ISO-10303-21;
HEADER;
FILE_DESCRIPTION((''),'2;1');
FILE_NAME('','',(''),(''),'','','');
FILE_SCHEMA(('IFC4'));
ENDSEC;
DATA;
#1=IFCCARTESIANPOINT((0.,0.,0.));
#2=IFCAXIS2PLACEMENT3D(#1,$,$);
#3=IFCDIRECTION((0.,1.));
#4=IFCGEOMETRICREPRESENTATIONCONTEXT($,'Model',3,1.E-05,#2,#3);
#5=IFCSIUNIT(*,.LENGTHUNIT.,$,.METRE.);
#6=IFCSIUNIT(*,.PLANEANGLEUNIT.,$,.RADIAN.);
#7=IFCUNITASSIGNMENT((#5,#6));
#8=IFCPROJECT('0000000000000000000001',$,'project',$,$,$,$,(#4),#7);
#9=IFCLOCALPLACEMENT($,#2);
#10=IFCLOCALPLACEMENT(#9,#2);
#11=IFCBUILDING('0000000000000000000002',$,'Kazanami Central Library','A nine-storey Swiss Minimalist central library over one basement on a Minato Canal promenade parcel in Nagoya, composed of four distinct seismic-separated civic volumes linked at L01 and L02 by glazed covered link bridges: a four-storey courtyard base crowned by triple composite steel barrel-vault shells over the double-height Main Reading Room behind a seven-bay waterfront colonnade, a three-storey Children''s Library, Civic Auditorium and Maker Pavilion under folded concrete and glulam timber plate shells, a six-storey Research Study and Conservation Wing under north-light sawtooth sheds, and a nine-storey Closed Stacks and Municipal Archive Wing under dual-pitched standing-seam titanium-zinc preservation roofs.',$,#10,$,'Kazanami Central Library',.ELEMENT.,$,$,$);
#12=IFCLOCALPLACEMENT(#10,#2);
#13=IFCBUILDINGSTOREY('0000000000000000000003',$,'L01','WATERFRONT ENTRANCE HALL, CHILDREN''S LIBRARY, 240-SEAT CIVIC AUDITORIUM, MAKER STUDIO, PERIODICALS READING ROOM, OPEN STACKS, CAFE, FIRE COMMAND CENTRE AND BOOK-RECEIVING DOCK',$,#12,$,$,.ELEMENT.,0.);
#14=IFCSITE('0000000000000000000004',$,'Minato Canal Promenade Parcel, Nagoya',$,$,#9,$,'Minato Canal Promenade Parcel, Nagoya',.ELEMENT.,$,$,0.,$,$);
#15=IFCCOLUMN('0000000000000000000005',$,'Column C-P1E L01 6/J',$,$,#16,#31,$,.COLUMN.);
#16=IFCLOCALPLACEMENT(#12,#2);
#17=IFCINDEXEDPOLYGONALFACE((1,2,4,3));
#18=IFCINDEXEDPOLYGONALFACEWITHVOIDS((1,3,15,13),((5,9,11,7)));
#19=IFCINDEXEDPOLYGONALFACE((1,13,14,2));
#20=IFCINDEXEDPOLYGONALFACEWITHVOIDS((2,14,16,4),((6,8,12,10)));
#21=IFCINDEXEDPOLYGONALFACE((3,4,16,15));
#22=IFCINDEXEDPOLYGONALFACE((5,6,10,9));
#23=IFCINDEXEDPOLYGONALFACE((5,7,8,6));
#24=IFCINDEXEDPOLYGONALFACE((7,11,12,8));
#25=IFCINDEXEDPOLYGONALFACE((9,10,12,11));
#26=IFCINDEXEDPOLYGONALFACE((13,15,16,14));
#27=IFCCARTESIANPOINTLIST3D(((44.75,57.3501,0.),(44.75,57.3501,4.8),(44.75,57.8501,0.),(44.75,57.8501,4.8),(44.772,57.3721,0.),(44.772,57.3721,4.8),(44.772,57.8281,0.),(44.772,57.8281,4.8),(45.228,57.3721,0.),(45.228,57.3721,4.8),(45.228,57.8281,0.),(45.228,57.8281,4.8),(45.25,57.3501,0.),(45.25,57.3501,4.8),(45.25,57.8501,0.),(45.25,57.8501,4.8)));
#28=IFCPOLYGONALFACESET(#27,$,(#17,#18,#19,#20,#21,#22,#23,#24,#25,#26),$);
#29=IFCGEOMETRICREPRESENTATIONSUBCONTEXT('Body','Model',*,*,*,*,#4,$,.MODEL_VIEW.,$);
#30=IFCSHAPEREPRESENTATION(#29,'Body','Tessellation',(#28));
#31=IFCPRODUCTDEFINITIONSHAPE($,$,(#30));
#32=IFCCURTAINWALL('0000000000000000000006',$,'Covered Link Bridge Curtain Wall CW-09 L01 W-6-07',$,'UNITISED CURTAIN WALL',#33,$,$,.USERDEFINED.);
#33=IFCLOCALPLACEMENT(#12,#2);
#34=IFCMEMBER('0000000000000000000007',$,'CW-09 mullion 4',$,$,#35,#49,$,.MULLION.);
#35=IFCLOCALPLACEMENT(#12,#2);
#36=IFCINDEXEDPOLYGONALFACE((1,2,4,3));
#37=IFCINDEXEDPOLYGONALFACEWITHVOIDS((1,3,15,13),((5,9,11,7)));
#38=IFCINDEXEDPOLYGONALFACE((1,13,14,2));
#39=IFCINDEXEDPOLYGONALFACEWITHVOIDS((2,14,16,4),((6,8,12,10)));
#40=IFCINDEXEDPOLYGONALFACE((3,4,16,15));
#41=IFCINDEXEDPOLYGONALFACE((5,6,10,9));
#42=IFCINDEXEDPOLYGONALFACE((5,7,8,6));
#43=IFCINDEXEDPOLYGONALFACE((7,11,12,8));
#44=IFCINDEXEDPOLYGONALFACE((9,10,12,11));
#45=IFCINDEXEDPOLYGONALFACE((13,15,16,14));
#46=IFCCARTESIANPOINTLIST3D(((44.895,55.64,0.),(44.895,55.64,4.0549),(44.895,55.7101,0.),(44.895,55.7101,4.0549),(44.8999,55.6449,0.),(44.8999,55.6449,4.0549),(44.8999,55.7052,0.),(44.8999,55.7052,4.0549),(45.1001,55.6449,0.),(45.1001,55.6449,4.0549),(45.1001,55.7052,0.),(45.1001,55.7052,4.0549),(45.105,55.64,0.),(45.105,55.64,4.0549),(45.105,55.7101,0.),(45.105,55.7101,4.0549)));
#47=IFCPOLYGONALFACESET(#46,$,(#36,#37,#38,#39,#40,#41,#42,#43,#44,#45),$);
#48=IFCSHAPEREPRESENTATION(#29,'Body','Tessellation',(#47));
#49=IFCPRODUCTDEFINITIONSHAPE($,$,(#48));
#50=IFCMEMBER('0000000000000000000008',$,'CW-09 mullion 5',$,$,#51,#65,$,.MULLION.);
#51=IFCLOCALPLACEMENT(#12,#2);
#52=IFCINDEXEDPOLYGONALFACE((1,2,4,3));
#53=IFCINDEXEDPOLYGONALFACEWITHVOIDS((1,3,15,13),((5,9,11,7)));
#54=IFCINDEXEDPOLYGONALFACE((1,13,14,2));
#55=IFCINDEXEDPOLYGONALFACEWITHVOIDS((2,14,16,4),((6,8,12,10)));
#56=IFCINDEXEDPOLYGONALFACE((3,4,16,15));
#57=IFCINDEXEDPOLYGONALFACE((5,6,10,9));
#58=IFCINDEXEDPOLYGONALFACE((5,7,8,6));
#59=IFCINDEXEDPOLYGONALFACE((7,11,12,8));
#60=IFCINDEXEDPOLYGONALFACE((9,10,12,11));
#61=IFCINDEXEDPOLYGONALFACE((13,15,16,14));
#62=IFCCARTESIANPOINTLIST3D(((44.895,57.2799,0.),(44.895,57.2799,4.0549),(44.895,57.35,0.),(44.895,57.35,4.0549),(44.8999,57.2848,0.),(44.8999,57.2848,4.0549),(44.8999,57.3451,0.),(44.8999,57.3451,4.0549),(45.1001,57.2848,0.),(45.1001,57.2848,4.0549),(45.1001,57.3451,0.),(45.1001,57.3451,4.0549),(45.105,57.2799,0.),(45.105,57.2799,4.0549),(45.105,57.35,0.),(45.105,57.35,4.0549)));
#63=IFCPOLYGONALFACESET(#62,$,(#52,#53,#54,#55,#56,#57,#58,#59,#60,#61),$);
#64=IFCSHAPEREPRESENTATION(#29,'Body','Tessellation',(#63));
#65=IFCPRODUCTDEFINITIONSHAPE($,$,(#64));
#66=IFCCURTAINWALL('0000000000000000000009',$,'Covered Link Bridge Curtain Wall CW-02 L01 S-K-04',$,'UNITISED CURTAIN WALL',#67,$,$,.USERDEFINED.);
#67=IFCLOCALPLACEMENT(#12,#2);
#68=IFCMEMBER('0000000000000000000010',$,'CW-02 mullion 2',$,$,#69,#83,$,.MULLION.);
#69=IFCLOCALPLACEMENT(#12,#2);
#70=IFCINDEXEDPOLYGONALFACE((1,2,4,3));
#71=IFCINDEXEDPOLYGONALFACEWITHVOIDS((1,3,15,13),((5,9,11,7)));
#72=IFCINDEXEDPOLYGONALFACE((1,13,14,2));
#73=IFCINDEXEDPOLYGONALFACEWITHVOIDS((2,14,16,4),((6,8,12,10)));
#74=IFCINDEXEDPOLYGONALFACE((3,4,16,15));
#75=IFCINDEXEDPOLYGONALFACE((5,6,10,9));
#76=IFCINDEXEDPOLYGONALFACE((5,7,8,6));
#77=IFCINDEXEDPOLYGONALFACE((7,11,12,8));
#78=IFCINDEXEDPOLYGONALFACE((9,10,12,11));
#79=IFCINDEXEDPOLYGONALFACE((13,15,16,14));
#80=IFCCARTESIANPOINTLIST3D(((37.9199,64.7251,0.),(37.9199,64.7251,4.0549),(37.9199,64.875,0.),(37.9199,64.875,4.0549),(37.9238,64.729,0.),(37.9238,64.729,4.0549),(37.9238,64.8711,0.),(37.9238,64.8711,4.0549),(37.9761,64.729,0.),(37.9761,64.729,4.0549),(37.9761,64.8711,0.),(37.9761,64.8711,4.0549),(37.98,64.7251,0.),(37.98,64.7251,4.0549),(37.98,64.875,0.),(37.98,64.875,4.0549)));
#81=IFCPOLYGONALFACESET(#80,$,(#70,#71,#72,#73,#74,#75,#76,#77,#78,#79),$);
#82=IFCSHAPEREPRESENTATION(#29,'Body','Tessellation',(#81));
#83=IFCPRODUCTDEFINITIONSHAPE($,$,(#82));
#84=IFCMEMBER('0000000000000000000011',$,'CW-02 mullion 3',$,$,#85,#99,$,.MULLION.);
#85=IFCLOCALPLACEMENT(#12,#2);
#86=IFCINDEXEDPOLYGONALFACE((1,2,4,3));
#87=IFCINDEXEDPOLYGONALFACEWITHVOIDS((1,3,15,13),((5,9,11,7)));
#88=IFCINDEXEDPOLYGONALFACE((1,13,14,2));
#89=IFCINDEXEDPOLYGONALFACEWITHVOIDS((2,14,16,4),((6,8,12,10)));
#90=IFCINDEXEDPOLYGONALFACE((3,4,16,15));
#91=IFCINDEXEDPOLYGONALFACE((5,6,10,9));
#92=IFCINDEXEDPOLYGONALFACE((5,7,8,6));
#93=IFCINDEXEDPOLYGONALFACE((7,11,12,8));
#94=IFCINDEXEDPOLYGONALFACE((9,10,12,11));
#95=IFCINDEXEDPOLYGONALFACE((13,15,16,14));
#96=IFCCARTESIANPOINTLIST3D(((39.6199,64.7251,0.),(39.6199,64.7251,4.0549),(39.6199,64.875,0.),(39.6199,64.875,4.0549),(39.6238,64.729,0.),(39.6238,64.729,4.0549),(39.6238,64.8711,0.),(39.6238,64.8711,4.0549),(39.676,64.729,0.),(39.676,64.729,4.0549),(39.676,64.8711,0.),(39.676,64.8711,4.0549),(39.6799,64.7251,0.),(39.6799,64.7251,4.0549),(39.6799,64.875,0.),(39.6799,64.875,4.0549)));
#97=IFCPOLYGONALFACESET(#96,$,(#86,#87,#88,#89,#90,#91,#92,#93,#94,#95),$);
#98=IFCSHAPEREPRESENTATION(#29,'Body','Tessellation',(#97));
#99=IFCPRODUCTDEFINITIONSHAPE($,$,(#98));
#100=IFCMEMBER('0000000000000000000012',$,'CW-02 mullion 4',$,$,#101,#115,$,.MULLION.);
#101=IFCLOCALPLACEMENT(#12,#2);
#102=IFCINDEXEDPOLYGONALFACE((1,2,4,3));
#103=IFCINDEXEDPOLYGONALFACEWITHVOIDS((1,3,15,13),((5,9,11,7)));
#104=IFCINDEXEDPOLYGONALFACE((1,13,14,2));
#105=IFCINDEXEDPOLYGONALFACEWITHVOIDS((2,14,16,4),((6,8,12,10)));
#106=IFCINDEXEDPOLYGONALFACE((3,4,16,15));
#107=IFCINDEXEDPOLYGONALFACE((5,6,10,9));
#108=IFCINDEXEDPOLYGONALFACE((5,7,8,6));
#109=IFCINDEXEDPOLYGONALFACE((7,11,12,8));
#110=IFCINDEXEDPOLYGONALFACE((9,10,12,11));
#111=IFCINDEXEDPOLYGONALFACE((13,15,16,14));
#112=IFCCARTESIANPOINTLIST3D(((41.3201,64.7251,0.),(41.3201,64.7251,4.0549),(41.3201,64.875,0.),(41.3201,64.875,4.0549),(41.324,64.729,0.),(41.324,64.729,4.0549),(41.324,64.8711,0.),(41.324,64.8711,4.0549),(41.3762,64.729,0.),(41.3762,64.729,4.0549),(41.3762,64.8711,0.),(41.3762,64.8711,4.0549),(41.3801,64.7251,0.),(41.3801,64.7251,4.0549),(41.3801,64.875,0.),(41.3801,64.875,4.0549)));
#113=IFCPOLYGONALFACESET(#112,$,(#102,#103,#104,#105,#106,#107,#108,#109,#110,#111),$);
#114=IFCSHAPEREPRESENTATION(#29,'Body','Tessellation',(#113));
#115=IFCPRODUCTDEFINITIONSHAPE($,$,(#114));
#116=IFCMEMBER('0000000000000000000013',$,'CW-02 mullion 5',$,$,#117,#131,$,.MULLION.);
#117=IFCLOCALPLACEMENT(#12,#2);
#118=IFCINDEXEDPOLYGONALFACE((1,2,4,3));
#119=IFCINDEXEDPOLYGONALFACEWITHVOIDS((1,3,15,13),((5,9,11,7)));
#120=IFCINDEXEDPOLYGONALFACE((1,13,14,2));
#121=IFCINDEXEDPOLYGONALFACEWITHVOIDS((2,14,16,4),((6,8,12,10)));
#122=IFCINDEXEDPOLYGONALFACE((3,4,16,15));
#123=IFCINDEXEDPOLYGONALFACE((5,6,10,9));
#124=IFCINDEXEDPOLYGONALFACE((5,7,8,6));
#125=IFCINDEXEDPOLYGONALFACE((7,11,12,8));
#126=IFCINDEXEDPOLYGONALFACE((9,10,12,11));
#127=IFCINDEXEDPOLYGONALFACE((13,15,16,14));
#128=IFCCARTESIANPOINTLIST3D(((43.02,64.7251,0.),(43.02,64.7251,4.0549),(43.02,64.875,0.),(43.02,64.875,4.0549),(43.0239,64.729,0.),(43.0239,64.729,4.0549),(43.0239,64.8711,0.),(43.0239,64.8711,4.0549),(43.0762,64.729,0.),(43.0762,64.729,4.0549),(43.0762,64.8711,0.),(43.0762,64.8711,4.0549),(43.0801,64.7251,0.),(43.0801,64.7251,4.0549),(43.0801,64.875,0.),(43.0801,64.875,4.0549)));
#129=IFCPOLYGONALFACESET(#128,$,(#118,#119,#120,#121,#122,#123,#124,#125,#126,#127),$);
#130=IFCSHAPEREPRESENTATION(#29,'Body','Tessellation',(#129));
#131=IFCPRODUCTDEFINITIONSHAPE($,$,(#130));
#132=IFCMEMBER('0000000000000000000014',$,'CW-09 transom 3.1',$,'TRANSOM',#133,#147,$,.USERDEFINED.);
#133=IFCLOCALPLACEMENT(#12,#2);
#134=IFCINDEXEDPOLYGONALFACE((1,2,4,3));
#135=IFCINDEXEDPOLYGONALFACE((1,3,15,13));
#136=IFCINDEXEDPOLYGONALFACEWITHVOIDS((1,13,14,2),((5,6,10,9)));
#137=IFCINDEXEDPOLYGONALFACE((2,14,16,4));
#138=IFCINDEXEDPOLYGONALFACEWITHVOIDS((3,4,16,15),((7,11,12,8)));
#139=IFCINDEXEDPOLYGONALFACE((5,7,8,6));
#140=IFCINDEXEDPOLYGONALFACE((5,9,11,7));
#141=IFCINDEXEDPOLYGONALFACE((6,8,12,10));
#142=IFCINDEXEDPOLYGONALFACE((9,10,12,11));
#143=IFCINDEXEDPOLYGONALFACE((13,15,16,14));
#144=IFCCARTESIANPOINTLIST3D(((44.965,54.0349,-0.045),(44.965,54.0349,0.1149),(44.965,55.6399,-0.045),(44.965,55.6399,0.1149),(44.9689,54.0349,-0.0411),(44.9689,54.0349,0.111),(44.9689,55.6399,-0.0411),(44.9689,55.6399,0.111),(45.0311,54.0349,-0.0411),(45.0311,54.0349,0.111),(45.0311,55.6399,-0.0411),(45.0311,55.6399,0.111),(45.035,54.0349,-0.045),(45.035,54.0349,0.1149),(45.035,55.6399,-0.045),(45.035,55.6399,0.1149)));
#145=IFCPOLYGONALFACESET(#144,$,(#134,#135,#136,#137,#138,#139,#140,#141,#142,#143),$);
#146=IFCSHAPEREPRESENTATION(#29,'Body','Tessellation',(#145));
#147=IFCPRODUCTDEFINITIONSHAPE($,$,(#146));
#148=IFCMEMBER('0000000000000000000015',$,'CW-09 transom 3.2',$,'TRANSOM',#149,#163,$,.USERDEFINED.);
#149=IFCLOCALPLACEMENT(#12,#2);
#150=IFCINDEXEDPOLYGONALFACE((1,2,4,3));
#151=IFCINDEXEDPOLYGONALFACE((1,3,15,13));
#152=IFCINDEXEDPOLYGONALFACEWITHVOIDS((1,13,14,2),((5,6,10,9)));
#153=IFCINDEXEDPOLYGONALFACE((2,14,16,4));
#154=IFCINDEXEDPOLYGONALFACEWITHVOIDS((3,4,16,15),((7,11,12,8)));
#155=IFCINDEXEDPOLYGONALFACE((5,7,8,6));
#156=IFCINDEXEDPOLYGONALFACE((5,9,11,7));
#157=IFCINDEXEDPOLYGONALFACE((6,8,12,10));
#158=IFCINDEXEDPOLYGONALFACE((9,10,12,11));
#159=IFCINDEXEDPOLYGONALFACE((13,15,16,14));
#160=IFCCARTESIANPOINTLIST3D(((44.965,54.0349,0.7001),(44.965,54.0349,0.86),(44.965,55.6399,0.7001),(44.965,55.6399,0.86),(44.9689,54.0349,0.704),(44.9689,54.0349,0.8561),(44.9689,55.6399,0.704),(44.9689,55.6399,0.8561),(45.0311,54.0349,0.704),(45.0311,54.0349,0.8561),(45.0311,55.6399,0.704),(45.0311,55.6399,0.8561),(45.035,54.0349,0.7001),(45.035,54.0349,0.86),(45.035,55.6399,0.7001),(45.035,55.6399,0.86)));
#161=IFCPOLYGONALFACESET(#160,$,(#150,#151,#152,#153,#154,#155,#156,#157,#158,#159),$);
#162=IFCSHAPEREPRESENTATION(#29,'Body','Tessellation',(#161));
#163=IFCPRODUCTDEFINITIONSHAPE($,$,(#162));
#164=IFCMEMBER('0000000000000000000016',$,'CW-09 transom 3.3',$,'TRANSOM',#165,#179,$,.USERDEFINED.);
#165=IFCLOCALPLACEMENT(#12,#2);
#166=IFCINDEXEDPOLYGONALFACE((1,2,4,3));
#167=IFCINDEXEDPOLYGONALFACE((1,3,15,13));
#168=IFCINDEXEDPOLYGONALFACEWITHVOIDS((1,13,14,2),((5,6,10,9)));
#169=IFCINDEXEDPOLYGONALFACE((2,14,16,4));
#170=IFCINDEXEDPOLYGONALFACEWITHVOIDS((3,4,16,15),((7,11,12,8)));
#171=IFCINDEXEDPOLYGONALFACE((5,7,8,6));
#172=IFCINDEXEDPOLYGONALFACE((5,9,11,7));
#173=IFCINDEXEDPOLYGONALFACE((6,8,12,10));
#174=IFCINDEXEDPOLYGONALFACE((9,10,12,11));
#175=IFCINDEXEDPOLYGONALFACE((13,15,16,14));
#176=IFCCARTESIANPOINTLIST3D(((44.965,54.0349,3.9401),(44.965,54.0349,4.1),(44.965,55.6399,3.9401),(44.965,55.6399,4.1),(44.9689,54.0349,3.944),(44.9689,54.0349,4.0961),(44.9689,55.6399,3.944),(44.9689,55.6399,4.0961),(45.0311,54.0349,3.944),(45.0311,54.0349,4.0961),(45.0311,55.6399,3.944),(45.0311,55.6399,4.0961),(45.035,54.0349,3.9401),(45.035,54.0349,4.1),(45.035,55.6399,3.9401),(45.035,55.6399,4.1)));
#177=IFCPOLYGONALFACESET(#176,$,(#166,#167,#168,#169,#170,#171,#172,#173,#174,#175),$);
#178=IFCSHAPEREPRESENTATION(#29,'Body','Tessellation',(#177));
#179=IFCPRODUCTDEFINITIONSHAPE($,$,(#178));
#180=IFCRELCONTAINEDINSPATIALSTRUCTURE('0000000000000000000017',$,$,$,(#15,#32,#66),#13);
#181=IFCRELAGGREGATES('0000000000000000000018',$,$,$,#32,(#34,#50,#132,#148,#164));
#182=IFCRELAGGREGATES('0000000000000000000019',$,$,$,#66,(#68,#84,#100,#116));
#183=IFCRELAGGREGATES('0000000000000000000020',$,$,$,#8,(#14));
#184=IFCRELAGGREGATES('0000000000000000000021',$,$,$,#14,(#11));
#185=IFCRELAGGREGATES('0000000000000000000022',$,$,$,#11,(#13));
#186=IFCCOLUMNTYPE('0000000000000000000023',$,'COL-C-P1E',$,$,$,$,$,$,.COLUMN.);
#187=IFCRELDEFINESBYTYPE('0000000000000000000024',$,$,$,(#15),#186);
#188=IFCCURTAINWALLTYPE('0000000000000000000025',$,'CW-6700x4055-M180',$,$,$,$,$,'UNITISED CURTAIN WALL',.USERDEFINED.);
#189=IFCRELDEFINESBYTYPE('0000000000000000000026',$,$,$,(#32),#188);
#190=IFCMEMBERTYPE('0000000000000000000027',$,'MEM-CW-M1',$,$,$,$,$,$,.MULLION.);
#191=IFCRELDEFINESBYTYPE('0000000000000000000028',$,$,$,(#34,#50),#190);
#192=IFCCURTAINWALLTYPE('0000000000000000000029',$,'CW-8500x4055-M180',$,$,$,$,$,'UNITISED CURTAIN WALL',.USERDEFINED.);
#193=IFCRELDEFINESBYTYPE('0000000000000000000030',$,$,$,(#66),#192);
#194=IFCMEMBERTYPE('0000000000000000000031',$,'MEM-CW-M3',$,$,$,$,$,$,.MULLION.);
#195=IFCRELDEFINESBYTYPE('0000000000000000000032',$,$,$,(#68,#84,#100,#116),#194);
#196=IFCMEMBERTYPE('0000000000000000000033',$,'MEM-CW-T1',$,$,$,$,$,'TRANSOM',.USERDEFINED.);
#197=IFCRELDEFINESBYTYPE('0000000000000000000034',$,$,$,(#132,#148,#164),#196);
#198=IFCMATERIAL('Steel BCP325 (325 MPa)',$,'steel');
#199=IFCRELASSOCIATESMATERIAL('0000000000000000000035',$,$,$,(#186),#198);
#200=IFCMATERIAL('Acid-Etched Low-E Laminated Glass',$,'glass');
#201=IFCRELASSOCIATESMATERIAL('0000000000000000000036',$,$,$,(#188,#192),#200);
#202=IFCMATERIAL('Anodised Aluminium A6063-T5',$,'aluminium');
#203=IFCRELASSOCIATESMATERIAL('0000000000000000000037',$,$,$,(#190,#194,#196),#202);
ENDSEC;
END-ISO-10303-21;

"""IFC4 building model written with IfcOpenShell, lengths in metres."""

from ifc_helpers import new_model, si_unit, direction, frame, origin, origin_2d, place, context, subcontext, project, spatial, hollow_rectangle, extrude, material, material_profile, profile_set, type_object, element, aggregate, save


model = new_model("IFC4")

# Units and contexts
model_context = context("Model", 3, precision=1e-05, world=origin(), true_north=direction((0.0, 1.0)))
body_context = subcontext(model_context, "Body", "Model", "MODEL_VIEW")
ifc_project = project(units=[si_unit("LENGTHUNIT", "METRE"), si_unit("PLANEANGLEUNIT", "RADIAN")], contexts=[model_context])

# Site, building, storey
site_placement = place(None, origin())
site = spatial("IfcSite", under=ifc_project, at=site_placement, Name="Minato Canal Promenade Parcel, Nagoya", LongName="Minato Canal Promenade Parcel, Nagoya", CompositionType="ELEMENT", RefElevation=0.0)
building_placement = place(site_placement, origin())
building = spatial("IfcBuilding", under=site, at=building_placement, Name="Kazanami Central Library", Description="A nine-storey Swiss Minimalist central library over one basement on a Minato Canal promenade parcel in Nagoya, composed of four distinct seismic-separated civic volumes linked at L01 and L02 by glazed covered link bridges: a four-storey courtyard base crowned by triple composite steel barrel-vault shells over the double-height Main Reading Room behind a seven-bay waterfront colonnade, a three-storey Children's Library, Civic Auditorium and Maker Pavilion under folded concrete and glulam timber plate shells, a six-storey Research Study and Conservation Wing under north-light sawtooth sheds, and a nine-storey Closed Stacks and Municipal Archive Wing under dual-pitched standing-seam titanium-zinc preservation roofs.", LongName="Kazanami Central Library", CompositionType="ELEMENT")
storey_placement = place(building_placement, origin())
storey = spatial("IfcBuildingStorey", under=building, at=storey_placement, Name="L01", Description="WATERFRONT ENTRANCE HALL, CHILDREN'S LIBRARY, 240-SEAT CIVIC AUDITORIUM, MAKER STUDIO, PERIODICALS READING ROOM, OPEN STACKS, CAFE, FIRE COMMAND CENTRE AND BOOK-RECEIVING DOCK", CompositionType="ELEMENT", Elevation=0.0)

# Column
ifc_material_1 = material(Name="Steel BCP325 (325 MPa)", Category="steel")
ifc_material_profile_1 = material_profile(ifc_material_1, hollow_rectangle(XDim=0.5, YDim=0.5, WallThickness=0.022, at=origin_2d()), Name="BCP-500x500x22")
ifc_profile_set_1 = profile_set([ifc_material_profile_1], Name="Steel BCP325 (325 MPa)")
column_type = type_object("IfcColumnType", Name="COL-C-P1E", PredefinedType="COLUMN", material=ifc_profile_set_1)
column_placement = place(storey_placement, frame((45.0, 57.6001, 0.0), z_axis=(0.0, 0.0, 1.0), x_axis=(1.0, 0.0, 0.0)))
element("IfcColumn", 1, at=column_placement, inside=storey, type_object=column_type, Name="Column C-P1E L01 6/J", PredefinedType="COLUMN", context=body_context, shape_type="SweptSolid", body=[
    extrude(hollow_rectangle(XDim=0.5, YDim=0.5, WallThickness=0.022, at=origin_2d()), origin(), (0.0, 0.0, 1.0), 4.8),
])

# Curtain walls, members
ifc_material_2 = material(Name="Acid-Etched Low-E Laminated Glass", Category="glass")
curtain_wall_type_1 = type_object("IfcCurtainWallType", Name="CW-6700x4055-M180", ElementType="UNITISED CURTAIN WALL", PredefinedType="USERDEFINED", material=ifc_material_2)
curtain_wall_1_placement = place(storey_placement, origin())
curtain_wall_1 = element("IfcCurtainWall", 2, at=curtain_wall_1_placement, inside=storey, type_object=curtain_wall_type_1, Name="Covered Link Bridge Curtain Wall CW-09 L01 W-6-07", ObjectType="UNITISED CURTAIN WALL", PredefinedType="USERDEFINED")
ifc_material_3 = material(Name="Anodised Aluminium A6063-T5", Category="aluminium")
ifc_material_profile_2 = material_profile(ifc_material_3, hollow_rectangle(XDim=0.0701, YDim=0.21, WallThickness=0.0049, at=origin_2d()), Name="ALU-MULL-70x210x5")
ifc_profile_set_2 = profile_set([ifc_material_profile_2], Name="Anodised Aluminium A6063-T5")
member_type_1 = type_object("IfcMemberType", Name="MEM-CW-M1", PredefinedType="MULLION", material=ifc_profile_set_2)
member_1_placement = place(storey_placement, frame((45.0, 55.675, 0.0), z_axis=(0.0, 0.0, 1.0), x_axis=(0.0, 1.0, 0.0)))
member_1 = element("IfcMember", 3, at=member_1_placement, type_object=member_type_1, Name="CW-09 mullion 4", PredefinedType="MULLION", context=body_context, shape_type="SweptSolid", body=[
    extrude(hollow_rectangle(XDim=0.0701, YDim=0.21, WallThickness=0.0049, at=origin_2d()), origin(), (0.0, 0.0, 1.0), 4.0549),
])
member_2_placement = place(storey_placement, frame((45.0, 57.3149, 0.0), z_axis=(0.0, 0.0, 1.0), x_axis=(0.0, 1.0, 0.0)))
member_2 = element("IfcMember", 4, at=member_2_placement, type_object=member_type_1, Name="CW-09 mullion 5", PredefinedType="MULLION", context=body_context, shape_type="SweptSolid", body=[
    extrude(hollow_rectangle(XDim=0.0701, YDim=0.21, WallThickness=0.0049, at=origin_2d()), origin(), (0.0, 0.0, 1.0), 4.0549),
])
curtain_wall_type_2 = type_object("IfcCurtainWallType", Name="CW-8500x4055-M180", ElementType="UNITISED CURTAIN WALL", PredefinedType="USERDEFINED", material=ifc_material_2)
curtain_wall_2_placement = place(storey_placement, origin())
curtain_wall_2 = element("IfcCurtainWall", 5, at=curtain_wall_2_placement, inside=storey, type_object=curtain_wall_type_2, Name="Covered Link Bridge Curtain Wall CW-02 L01 S-K-04", ObjectType="UNITISED CURTAIN WALL", PredefinedType="USERDEFINED")
ifc_material_profile_3 = material_profile(ifc_material_3, hollow_rectangle(XDim=0.0601, YDim=0.1499, WallThickness=0.0039, at=origin_2d()), Name="ALU-MULL-60x150x4")
ifc_profile_set_3 = profile_set([ifc_material_profile_3], Name="Anodised Aluminium A6063-T5")
member_type_2 = type_object("IfcMemberType", Name="MEM-CW-M3", PredefinedType="MULLION", material=ifc_profile_set_3)
member_3_placement = place(storey_placement, frame((37.95, 64.8, 0.0), z_axis=(0.0, 0.0, 1.0), x_axis=(1.0, 0.0, 0.0)))
member_3 = element("IfcMember", 6, at=member_3_placement, type_object=member_type_2, Name="CW-02 mullion 2", PredefinedType="MULLION", context=body_context, shape_type="SweptSolid", body=[
    extrude(hollow_rectangle(XDim=0.0601, YDim=0.1499, WallThickness=0.0039, at=origin_2d()), origin(), (0.0, 0.0, 1.0), 4.0549),
])
member_4_placement = place(storey_placement, frame((39.6499, 64.8, 0.0), z_axis=(0.0, 0.0, 1.0), x_axis=(1.0, 0.0, 0.0)))
member_4 = element("IfcMember", 7, at=member_4_placement, type_object=member_type_2, Name="CW-02 mullion 3", PredefinedType="MULLION", context=body_context, shape_type="SweptSolid", body=[
    extrude(hollow_rectangle(XDim=0.0601, YDim=0.1499, WallThickness=0.0039, at=origin_2d()), origin(), (0.0, 0.0, 1.0), 4.0549),
])
member_5_placement = place(storey_placement, frame((41.3501, 64.8, 0.0), z_axis=(0.0, 0.0, 1.0), x_axis=(1.0, 0.0, 0.0)))
member_5 = element("IfcMember", 8, at=member_5_placement, type_object=member_type_2, Name="CW-02 mullion 4", PredefinedType="MULLION", context=body_context, shape_type="SweptSolid", body=[
    extrude(hollow_rectangle(XDim=0.0601, YDim=0.1499, WallThickness=0.0039, at=origin_2d()), origin(), (0.0, 0.0, 1.0), 4.0549),
])
member_6_placement = place(storey_placement, frame((43.05, 64.8, 0.0), z_axis=(0.0, 0.0, 1.0), x_axis=(1.0, 0.0, 0.0)))
member_6 = element("IfcMember", 9, at=member_6_placement, type_object=member_type_2, Name="CW-02 mullion 5", PredefinedType="MULLION", context=body_context, shape_type="SweptSolid", body=[
    extrude(hollow_rectangle(XDim=0.0601, YDim=0.1499, WallThickness=0.0039, at=origin_2d()), origin(), (0.0, 0.0, 1.0), 4.0549),
])

# Members
ifc_material_profile_4 = material_profile(ifc_material_3, hollow_rectangle(XDim=0.0701, YDim=0.1599, WallThickness=0.0039, at=origin_2d()), Name="ALU-TRAN-70x160x4")
ifc_profile_set_4 = profile_set([ifc_material_profile_4], Name="Anodised Aluminium A6063-T5")
member_type_3 = type_object("IfcMemberType", Name="MEM-CW-T1", ElementType="TRANSOM", PredefinedType="USERDEFINED", material=ifc_profile_set_4)
member_7_placement = place(storey_placement, frame((45.0, 54.0349, 0.0349), z_axis=(0.0, 1.0, 0.0), x_axis=(-1.0, 0.0, 0.0)))
member_7 = element("IfcMember", 10, at=member_7_placement, type_object=member_type_3, Name="CW-09 transom 3.1", ObjectType="TRANSOM", PredefinedType="USERDEFINED", context=body_context, shape_type="SweptSolid", body=[
    extrude(hollow_rectangle(XDim=0.0701, YDim=0.1599, WallThickness=0.0039, at=origin_2d()), origin(), (0.0, 0.0, 1.0), 1.605),
])
member_8_placement = place(storey_placement, frame((45.0, 54.0349, 0.78), z_axis=(0.0, 1.0, 0.0), x_axis=(-1.0, 0.0, 0.0)))
member_8 = element("IfcMember", 11, at=member_8_placement, type_object=member_type_3, Name="CW-09 transom 3.2", ObjectType="TRANSOM", PredefinedType="USERDEFINED", context=body_context, shape_type="SweptSolid", body=[
    extrude(hollow_rectangle(XDim=0.0701, YDim=0.1599, WallThickness=0.0039, at=origin_2d()), origin(), (0.0, 0.0, 1.0), 1.605),
])
member_9_placement = place(storey_placement, frame((45.0, 54.0349, 4.02), z_axis=(0.0, 1.0, 0.0), x_axis=(-1.0, 0.0, 0.0)))
member_9 = element("IfcMember", 12, at=member_9_placement, type_object=member_type_3, Name="CW-09 transom 3.3", ObjectType="TRANSOM", PredefinedType="USERDEFINED", context=body_context, shape_type="SweptSolid", body=[
    extrude(hollow_rectangle(XDim=0.0701, YDim=0.1599, WallThickness=0.0039, at=origin_2d()), origin(), (0.0, 0.0, 1.0), 1.605),
])

aggregate(curtain_wall_1, [member_1, member_2, member_7, member_8, member_9])
aggregate(curtain_wall_2, [member_3, member_4, member_5, member_6])

save(model, "model.ifc")
